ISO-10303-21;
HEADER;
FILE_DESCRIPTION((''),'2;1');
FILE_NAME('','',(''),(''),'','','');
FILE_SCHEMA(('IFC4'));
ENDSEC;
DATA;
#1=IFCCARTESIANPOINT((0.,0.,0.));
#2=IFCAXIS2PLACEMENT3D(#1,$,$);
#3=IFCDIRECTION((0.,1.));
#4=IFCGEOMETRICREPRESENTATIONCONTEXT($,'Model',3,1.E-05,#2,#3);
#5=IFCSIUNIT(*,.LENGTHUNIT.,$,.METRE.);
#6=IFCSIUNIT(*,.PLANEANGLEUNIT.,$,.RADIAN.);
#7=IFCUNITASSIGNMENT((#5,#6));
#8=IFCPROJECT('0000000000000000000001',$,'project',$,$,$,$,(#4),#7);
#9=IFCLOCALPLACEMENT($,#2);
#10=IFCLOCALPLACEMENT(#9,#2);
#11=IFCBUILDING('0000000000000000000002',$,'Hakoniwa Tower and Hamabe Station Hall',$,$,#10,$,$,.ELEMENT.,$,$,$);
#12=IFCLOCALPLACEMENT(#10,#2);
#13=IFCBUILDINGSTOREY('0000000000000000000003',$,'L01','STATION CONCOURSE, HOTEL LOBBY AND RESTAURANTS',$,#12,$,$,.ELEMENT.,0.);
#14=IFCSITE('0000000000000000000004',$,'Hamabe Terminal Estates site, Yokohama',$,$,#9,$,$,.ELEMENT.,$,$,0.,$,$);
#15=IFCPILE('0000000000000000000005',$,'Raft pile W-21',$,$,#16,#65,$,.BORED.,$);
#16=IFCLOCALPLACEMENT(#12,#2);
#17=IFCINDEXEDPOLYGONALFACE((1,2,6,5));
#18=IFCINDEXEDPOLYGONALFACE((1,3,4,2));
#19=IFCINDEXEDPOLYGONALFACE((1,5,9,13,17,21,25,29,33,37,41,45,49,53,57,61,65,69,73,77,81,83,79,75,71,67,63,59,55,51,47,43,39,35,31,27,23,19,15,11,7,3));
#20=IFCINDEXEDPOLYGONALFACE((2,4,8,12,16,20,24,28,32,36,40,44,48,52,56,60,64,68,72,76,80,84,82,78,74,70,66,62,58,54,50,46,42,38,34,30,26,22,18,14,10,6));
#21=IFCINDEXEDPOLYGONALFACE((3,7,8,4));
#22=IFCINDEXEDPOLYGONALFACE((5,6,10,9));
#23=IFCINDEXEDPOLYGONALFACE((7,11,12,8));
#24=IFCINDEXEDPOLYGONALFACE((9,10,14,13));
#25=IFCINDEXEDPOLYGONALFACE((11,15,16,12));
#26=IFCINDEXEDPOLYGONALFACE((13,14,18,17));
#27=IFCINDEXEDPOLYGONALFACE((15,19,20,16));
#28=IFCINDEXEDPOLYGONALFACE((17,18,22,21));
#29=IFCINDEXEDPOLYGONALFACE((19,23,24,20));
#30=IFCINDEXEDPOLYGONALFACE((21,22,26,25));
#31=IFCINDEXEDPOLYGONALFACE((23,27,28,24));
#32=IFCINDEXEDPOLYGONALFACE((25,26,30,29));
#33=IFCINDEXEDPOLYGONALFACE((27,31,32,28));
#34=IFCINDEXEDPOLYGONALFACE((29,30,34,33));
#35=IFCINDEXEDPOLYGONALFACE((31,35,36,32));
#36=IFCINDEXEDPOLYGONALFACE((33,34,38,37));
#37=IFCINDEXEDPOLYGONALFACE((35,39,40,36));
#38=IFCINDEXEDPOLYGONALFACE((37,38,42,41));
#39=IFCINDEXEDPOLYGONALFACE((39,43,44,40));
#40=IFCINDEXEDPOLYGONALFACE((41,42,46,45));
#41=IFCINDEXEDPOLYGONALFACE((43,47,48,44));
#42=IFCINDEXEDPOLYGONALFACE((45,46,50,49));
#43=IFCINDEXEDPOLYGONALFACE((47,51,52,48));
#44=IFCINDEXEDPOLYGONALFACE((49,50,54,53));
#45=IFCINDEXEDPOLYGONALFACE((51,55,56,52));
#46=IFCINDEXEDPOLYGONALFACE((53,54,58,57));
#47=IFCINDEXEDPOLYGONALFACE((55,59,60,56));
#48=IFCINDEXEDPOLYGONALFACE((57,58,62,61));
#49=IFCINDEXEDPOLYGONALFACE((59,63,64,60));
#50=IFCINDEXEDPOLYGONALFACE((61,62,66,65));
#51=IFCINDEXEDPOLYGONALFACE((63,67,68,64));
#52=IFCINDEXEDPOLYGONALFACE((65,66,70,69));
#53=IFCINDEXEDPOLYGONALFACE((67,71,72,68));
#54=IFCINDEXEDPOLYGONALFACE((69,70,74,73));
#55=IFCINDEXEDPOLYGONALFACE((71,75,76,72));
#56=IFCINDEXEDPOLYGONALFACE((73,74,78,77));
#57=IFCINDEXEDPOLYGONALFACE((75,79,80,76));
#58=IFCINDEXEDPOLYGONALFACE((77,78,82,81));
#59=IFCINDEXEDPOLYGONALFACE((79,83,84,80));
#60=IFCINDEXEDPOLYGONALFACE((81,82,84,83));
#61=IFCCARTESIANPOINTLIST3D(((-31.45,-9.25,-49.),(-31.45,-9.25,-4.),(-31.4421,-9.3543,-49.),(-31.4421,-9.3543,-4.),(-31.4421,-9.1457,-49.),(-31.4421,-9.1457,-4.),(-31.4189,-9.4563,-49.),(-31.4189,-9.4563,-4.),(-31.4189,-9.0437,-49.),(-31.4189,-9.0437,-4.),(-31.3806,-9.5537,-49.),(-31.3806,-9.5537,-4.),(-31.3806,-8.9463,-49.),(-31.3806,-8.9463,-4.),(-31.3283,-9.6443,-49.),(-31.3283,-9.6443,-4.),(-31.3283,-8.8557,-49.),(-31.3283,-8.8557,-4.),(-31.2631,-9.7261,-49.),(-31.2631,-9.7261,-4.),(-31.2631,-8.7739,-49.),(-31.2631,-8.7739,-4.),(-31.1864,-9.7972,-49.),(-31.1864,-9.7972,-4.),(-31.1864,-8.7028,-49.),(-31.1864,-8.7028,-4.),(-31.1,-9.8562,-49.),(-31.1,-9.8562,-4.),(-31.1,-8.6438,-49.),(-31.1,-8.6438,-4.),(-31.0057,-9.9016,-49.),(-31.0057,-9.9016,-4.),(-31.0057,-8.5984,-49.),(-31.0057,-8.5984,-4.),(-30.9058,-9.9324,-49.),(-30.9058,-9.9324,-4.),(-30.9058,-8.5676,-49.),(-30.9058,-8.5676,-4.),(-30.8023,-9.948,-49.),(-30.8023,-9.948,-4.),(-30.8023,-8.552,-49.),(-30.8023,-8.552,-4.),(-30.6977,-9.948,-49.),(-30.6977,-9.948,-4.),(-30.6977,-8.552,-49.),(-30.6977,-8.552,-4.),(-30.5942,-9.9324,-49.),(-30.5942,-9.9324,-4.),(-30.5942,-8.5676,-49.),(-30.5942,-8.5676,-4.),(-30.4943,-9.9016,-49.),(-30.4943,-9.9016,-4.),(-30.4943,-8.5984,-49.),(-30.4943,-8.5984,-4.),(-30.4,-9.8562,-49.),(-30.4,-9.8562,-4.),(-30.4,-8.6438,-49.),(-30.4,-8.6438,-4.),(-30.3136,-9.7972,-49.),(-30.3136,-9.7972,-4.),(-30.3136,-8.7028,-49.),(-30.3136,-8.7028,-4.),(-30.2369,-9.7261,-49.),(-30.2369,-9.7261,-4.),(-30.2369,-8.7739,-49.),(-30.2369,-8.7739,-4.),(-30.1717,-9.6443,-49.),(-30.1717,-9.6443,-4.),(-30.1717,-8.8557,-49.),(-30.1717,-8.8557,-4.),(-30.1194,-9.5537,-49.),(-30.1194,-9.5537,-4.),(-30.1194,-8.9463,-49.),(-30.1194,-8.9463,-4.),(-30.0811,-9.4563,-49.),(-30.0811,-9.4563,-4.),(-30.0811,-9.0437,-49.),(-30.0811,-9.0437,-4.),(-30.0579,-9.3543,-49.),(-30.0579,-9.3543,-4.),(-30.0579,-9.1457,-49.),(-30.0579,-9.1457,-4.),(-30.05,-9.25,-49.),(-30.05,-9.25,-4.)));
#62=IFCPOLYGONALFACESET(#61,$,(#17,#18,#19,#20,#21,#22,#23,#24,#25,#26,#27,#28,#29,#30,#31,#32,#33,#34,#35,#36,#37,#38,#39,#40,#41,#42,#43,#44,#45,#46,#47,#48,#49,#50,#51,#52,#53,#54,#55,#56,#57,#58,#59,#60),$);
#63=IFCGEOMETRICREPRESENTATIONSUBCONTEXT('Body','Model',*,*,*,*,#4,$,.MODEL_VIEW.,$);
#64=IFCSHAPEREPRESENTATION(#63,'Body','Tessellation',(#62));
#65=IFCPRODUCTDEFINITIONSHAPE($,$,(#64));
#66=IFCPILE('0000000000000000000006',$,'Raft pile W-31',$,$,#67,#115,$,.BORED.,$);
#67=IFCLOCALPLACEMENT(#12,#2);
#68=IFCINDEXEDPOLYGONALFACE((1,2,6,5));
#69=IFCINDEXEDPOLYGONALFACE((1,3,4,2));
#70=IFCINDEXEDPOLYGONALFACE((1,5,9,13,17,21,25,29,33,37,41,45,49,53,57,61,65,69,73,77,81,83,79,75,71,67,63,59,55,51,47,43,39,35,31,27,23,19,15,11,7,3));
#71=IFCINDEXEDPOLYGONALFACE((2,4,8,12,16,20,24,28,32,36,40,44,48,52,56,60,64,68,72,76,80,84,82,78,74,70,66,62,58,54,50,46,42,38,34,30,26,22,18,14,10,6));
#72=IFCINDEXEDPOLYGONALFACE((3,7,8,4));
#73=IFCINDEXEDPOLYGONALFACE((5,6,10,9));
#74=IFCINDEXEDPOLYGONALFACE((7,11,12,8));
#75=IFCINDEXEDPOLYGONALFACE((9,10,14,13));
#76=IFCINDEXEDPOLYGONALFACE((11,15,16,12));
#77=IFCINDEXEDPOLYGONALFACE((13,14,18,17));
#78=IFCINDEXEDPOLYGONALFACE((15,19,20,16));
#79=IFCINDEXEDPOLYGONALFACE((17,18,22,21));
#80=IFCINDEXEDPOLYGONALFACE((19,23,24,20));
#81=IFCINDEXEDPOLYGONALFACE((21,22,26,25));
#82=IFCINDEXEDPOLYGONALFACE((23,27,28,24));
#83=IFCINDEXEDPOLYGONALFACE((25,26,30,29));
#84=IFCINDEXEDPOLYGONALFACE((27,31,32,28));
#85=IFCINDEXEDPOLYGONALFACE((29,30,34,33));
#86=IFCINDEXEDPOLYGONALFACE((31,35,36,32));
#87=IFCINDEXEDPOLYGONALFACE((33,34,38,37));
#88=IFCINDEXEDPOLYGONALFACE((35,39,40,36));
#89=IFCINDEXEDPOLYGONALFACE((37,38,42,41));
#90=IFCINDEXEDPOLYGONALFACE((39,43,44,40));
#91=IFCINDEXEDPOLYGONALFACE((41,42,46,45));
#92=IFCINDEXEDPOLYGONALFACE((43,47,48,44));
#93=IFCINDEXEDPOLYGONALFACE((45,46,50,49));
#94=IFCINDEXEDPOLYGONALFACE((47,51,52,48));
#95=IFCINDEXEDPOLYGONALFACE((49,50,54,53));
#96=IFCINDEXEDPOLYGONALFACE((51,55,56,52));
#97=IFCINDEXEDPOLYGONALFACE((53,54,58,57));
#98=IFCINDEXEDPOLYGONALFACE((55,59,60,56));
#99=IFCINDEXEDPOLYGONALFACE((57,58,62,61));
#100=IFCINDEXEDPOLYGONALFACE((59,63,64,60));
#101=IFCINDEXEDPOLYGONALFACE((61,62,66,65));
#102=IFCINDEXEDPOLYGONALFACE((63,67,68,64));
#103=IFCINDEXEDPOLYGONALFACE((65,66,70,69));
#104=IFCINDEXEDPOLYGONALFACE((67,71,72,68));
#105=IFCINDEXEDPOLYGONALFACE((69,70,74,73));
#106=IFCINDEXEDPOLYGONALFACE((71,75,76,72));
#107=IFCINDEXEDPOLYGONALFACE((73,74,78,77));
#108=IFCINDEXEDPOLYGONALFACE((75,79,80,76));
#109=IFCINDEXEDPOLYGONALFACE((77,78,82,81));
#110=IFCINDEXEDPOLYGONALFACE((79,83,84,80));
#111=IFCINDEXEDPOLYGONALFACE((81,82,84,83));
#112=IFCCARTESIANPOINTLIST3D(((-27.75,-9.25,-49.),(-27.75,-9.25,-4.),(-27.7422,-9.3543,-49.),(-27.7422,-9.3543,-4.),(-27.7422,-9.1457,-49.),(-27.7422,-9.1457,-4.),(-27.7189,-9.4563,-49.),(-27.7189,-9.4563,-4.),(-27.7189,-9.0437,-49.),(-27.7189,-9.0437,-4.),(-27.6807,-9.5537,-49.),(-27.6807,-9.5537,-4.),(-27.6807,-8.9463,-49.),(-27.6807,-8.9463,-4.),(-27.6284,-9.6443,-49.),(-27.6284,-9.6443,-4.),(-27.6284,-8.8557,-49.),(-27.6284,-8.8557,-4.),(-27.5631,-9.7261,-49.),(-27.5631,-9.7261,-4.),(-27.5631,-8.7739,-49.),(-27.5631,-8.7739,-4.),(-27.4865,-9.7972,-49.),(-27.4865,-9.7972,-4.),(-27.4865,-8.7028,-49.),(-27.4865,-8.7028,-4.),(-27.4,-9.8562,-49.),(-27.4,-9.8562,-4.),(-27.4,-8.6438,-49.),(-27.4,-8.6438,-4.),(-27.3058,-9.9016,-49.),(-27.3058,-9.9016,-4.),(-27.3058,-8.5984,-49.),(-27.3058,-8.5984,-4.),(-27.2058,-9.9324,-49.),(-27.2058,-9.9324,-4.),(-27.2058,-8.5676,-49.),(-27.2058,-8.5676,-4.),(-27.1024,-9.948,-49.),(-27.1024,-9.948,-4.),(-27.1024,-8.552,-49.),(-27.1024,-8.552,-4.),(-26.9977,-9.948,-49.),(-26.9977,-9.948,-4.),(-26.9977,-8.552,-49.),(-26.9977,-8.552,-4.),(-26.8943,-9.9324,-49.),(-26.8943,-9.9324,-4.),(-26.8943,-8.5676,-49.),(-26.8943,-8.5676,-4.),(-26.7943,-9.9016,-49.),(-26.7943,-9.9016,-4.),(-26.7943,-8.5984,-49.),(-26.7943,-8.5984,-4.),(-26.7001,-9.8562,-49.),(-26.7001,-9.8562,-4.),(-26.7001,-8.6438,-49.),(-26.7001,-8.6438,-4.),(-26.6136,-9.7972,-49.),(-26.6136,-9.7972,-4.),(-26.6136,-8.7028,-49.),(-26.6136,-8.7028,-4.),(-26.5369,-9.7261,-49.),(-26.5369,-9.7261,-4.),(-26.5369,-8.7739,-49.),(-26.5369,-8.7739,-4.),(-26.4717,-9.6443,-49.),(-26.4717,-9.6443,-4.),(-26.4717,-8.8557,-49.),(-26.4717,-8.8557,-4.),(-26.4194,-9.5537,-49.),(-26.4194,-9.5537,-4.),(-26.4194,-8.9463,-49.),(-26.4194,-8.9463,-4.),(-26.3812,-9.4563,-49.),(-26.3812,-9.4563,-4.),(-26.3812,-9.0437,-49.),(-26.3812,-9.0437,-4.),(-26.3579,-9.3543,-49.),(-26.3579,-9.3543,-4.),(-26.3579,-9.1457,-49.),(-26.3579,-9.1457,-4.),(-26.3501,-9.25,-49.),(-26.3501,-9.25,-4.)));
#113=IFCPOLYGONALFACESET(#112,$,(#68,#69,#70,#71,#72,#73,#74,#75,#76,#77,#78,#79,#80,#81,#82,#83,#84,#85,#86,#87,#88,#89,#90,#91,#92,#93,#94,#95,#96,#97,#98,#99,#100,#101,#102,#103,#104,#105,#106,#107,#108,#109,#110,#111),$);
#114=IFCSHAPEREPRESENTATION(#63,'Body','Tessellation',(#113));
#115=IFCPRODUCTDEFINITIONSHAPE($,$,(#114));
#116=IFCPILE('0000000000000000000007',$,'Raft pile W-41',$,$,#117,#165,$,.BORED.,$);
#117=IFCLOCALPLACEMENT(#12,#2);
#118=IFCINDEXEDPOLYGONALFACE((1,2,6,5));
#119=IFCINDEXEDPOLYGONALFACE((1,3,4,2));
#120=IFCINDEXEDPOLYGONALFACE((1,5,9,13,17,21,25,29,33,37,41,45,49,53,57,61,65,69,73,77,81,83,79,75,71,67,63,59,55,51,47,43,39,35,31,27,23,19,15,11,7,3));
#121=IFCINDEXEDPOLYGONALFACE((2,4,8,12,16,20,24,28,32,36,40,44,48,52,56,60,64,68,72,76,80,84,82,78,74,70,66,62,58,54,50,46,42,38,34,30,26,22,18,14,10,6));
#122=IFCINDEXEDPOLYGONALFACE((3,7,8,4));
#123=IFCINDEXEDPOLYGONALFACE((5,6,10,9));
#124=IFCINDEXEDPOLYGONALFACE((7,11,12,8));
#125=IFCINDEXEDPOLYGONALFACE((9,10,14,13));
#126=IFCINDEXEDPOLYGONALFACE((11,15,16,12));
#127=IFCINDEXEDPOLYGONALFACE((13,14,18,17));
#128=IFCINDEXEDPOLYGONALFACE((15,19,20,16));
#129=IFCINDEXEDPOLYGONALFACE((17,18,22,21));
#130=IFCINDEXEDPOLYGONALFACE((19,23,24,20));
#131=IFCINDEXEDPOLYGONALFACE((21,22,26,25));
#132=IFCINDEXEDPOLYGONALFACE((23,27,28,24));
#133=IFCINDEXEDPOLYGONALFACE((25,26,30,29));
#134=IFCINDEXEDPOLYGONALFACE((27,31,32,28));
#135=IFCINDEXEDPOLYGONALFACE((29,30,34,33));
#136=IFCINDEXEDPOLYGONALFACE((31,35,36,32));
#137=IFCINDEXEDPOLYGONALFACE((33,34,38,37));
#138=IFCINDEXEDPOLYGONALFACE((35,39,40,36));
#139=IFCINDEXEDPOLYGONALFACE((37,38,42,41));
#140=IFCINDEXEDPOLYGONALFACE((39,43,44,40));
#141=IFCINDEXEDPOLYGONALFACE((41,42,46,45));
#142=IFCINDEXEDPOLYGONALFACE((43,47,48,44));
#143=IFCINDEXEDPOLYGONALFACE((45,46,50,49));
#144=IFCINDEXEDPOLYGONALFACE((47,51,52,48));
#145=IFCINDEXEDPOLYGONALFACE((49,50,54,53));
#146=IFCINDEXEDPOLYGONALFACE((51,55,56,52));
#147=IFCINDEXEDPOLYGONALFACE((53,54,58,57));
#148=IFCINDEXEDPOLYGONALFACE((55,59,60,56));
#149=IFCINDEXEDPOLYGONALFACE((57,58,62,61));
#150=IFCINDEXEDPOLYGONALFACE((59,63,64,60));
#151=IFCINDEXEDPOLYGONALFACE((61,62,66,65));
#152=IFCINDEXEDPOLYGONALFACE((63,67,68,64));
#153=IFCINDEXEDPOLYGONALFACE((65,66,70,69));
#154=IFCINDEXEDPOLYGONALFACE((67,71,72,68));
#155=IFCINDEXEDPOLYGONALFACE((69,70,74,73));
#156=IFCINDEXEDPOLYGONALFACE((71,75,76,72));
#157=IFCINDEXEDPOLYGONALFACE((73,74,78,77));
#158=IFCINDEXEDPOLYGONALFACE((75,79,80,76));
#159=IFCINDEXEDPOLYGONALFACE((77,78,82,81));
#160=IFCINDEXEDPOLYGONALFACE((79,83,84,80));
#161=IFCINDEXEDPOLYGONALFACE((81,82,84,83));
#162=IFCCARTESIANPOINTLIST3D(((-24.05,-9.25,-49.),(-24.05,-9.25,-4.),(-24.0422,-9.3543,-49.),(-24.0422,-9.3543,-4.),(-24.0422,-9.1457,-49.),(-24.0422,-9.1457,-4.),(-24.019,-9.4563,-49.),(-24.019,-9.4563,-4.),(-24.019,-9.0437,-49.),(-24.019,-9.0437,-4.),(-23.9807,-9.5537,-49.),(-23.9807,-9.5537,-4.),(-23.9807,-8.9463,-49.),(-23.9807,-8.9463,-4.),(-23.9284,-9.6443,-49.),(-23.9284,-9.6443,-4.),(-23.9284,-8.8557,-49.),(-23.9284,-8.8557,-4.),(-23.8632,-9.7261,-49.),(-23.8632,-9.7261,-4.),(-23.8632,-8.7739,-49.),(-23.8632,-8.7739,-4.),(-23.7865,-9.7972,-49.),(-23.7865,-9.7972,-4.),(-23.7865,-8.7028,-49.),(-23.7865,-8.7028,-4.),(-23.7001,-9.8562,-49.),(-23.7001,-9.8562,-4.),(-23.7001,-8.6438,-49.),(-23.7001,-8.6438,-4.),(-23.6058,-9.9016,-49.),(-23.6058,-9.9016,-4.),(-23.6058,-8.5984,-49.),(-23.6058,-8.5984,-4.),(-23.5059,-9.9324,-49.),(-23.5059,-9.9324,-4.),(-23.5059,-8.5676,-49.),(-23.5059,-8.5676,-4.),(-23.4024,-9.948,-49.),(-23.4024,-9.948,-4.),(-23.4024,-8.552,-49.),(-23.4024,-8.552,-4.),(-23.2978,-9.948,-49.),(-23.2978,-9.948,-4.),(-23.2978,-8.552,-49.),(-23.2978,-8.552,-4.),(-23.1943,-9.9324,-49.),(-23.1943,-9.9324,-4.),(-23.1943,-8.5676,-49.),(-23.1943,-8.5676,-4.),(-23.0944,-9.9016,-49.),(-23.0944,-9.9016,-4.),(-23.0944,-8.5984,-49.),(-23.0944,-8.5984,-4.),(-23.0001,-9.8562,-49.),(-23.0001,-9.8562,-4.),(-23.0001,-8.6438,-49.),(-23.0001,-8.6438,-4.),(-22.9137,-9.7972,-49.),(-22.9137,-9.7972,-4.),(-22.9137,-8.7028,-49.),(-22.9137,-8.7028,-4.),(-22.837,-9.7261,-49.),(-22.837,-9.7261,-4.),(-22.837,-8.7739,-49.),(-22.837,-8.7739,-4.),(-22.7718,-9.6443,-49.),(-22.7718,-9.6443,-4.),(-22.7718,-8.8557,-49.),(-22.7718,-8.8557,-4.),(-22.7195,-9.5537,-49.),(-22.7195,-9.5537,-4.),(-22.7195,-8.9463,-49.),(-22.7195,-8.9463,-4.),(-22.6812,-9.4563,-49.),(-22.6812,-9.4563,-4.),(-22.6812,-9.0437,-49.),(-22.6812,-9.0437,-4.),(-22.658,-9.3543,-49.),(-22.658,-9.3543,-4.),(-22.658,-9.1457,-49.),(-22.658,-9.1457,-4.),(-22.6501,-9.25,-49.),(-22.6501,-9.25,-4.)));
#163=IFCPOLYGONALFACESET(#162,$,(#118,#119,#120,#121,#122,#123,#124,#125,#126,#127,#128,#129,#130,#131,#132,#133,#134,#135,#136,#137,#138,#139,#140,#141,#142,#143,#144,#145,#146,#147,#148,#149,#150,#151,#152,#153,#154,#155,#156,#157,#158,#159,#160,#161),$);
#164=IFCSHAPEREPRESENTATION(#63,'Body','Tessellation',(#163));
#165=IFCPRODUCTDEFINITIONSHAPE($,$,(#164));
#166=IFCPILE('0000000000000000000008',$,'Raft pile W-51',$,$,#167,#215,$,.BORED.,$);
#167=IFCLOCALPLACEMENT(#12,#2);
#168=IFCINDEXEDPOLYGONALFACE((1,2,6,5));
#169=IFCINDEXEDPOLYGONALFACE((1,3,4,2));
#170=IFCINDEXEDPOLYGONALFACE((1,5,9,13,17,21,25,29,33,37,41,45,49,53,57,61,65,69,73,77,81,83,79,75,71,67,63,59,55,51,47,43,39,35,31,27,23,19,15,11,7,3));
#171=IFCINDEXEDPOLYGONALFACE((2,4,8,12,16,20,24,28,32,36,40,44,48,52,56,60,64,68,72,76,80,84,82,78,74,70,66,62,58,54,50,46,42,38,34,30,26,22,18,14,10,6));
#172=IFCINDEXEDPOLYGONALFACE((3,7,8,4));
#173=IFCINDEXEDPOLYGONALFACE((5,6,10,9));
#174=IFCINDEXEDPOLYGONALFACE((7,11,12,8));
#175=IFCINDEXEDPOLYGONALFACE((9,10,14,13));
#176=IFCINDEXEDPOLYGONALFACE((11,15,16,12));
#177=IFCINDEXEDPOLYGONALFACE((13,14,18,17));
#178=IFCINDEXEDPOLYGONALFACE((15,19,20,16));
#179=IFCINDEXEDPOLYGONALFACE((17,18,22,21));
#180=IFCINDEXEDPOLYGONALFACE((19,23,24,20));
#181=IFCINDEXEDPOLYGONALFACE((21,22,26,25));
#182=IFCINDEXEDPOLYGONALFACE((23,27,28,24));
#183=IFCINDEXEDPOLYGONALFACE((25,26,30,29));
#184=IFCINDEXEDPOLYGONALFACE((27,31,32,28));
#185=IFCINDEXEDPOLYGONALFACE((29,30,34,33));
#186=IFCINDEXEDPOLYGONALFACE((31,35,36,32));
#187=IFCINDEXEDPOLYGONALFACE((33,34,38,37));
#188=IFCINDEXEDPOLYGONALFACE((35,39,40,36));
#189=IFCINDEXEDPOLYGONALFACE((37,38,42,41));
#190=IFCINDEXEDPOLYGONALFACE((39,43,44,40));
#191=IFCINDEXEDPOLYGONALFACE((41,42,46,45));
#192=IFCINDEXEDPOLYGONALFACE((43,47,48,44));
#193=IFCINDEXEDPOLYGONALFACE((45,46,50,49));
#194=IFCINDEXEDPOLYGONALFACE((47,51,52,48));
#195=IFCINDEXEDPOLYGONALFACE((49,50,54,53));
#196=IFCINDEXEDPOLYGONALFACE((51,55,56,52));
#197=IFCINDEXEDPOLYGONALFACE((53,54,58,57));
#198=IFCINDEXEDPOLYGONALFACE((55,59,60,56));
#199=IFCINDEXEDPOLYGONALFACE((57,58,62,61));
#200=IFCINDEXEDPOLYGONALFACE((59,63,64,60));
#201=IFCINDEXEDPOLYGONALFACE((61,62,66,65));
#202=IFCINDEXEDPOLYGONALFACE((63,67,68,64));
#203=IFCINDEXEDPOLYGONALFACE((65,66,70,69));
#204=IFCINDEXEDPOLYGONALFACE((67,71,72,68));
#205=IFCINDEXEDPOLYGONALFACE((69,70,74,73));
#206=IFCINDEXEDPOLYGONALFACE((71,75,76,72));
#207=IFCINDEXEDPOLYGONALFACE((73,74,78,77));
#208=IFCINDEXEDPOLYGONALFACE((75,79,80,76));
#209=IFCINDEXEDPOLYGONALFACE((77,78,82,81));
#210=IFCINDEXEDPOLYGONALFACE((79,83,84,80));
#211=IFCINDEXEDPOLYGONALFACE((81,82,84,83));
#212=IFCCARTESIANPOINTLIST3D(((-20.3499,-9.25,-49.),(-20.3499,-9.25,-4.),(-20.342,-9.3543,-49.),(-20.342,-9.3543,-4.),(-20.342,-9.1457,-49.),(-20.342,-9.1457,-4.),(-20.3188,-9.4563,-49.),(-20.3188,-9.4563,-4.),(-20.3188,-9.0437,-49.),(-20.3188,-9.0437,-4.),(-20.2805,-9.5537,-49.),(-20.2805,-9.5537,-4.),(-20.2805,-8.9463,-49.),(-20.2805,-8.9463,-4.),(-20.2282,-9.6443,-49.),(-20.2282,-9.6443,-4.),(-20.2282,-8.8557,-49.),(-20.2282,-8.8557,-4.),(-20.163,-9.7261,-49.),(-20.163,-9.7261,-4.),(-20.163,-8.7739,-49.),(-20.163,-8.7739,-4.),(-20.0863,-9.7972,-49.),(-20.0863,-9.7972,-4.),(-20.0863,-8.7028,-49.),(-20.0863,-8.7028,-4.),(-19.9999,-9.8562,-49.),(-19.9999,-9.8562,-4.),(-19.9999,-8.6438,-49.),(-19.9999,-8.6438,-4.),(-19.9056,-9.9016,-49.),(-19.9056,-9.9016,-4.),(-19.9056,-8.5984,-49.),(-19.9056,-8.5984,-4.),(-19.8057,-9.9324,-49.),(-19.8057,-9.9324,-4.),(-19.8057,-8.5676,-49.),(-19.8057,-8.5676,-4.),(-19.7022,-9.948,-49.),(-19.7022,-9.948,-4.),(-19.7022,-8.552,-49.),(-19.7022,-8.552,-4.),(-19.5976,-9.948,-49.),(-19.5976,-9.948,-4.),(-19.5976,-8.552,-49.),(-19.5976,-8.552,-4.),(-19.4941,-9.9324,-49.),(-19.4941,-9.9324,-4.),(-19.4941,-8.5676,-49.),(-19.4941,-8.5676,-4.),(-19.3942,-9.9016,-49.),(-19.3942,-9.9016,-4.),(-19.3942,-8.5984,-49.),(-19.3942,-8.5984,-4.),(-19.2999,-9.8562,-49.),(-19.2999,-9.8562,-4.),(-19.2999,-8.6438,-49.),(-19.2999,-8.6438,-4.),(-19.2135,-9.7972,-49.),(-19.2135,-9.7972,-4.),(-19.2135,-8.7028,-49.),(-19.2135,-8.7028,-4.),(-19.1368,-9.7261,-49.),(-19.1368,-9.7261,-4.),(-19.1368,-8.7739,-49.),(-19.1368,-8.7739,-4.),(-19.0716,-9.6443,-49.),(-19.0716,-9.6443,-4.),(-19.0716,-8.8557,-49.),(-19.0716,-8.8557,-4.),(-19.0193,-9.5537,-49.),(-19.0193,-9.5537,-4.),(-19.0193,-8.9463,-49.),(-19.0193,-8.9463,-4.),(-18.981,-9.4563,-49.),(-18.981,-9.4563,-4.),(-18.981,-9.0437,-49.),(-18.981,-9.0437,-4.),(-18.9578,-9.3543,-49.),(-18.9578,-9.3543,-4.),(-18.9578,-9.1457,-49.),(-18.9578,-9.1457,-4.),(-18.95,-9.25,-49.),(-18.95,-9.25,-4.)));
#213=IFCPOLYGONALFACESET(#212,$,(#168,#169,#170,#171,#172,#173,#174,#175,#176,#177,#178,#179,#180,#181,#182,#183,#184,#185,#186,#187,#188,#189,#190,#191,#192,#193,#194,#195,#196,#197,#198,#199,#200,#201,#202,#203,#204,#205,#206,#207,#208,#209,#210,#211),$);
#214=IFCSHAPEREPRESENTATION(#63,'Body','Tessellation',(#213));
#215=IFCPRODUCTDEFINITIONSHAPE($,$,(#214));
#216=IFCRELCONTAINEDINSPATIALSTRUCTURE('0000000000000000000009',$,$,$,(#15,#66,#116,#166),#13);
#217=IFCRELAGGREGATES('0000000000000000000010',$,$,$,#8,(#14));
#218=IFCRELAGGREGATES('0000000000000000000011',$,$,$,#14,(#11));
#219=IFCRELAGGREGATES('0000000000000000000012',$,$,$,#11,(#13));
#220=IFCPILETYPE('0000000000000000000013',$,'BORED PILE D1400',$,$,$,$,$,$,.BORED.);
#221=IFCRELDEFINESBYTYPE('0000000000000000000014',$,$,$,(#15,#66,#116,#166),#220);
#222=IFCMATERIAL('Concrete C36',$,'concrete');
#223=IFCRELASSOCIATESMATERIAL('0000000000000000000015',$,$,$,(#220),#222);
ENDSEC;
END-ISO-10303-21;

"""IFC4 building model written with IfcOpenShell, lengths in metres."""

from ifc_helpers import new_model, si_unit, direction, frame, origin, origin_2d, place, context, subcontext, project, spatial, circle, extrude, material, material_profile, profile_set, type_object, element, save


model = new_model("IFC4")

# Units and contexts
model_context = context("Model", 3, precision=1e-05, world=origin(), true_north=direction((0.0, 1.0)))
body_context = subcontext(model_context, "Body", "Model", "MODEL_VIEW")
ifc_project = project(units=[si_unit("LENGTHUNIT", "METRE"), si_unit("PLANEANGLEUNIT", "RADIAN")], contexts=[model_context])

# Site, building, storey
site_placement = place(None, origin())
site = spatial("IfcSite", under=ifc_project, at=site_placement, Name="Hamabe Terminal Estates site, Yokohama", CompositionType="ELEMENT", RefElevation=0.0)
building_placement = place(site_placement, origin())
building = spatial("IfcBuilding", under=site, at=building_placement, Name="Hakoniwa Tower and Hamabe Station Hall", CompositionType="ELEMENT")
storey_placement = place(building_placement, origin())
storey = spatial("IfcBuildingStorey", under=building, at=storey_placement, Name="L01", Description="STATION CONCOURSE, HOTEL LOBBY AND RESTAURANTS", CompositionType="ELEMENT", Elevation=0.0)

# Piles
ifc_material_1 = material(Name="Concrete C36", Category="concrete")
ifc_material_profile_1 = material_profile(ifc_material_1, circle(Radius=0.7, at=origin_2d()), Name="BORED PILE D1400")
ifc_profile_set_1 = profile_set([ifc_material_profile_1], Name="Concrete C36")
pile_type = type_object("IfcPileType", Name="BORED PILE D1400", PredefinedType="BORED", material=ifc_profile_set_1)
for number, where, z_axis, x_axis, name in (
    (1, (-30.75, -9.25, -4.0), (0.0, 0.0, -1.0), (1.0, 0.0, 0.0), "Raft pile W-21"),
    (2, (-27.05, -9.25, -4.0), (0.0, 0.0, -1.0), (1.0, 0.0, 0.0), "Raft pile W-31"),
    (3, (-23.3501, -9.25, -4.0), (0.0, 0.0, -1.0), (1.0, 0.0, 0.0), "Raft pile W-41"),
    (4, (-19.6499, -9.25, -4.0), (0.0, 0.0, -1.0), (1.0, 0.0, 0.0), "Raft pile W-51"),
):
    element("IfcPile", number, at=place(storey_placement, frame(where, z_axis=z_axis, x_axis=x_axis)), inside=storey, type_object=pile_type, Name=name, PredefinedType="BORED", context=body_context, shape_type="SweptSolid", body=[
        extrude(circle(Radius=0.7, at=origin_2d()), origin(), (0.0, 0.0, 1.0), 45.0),
    ])

save(model, "model.ifc")
